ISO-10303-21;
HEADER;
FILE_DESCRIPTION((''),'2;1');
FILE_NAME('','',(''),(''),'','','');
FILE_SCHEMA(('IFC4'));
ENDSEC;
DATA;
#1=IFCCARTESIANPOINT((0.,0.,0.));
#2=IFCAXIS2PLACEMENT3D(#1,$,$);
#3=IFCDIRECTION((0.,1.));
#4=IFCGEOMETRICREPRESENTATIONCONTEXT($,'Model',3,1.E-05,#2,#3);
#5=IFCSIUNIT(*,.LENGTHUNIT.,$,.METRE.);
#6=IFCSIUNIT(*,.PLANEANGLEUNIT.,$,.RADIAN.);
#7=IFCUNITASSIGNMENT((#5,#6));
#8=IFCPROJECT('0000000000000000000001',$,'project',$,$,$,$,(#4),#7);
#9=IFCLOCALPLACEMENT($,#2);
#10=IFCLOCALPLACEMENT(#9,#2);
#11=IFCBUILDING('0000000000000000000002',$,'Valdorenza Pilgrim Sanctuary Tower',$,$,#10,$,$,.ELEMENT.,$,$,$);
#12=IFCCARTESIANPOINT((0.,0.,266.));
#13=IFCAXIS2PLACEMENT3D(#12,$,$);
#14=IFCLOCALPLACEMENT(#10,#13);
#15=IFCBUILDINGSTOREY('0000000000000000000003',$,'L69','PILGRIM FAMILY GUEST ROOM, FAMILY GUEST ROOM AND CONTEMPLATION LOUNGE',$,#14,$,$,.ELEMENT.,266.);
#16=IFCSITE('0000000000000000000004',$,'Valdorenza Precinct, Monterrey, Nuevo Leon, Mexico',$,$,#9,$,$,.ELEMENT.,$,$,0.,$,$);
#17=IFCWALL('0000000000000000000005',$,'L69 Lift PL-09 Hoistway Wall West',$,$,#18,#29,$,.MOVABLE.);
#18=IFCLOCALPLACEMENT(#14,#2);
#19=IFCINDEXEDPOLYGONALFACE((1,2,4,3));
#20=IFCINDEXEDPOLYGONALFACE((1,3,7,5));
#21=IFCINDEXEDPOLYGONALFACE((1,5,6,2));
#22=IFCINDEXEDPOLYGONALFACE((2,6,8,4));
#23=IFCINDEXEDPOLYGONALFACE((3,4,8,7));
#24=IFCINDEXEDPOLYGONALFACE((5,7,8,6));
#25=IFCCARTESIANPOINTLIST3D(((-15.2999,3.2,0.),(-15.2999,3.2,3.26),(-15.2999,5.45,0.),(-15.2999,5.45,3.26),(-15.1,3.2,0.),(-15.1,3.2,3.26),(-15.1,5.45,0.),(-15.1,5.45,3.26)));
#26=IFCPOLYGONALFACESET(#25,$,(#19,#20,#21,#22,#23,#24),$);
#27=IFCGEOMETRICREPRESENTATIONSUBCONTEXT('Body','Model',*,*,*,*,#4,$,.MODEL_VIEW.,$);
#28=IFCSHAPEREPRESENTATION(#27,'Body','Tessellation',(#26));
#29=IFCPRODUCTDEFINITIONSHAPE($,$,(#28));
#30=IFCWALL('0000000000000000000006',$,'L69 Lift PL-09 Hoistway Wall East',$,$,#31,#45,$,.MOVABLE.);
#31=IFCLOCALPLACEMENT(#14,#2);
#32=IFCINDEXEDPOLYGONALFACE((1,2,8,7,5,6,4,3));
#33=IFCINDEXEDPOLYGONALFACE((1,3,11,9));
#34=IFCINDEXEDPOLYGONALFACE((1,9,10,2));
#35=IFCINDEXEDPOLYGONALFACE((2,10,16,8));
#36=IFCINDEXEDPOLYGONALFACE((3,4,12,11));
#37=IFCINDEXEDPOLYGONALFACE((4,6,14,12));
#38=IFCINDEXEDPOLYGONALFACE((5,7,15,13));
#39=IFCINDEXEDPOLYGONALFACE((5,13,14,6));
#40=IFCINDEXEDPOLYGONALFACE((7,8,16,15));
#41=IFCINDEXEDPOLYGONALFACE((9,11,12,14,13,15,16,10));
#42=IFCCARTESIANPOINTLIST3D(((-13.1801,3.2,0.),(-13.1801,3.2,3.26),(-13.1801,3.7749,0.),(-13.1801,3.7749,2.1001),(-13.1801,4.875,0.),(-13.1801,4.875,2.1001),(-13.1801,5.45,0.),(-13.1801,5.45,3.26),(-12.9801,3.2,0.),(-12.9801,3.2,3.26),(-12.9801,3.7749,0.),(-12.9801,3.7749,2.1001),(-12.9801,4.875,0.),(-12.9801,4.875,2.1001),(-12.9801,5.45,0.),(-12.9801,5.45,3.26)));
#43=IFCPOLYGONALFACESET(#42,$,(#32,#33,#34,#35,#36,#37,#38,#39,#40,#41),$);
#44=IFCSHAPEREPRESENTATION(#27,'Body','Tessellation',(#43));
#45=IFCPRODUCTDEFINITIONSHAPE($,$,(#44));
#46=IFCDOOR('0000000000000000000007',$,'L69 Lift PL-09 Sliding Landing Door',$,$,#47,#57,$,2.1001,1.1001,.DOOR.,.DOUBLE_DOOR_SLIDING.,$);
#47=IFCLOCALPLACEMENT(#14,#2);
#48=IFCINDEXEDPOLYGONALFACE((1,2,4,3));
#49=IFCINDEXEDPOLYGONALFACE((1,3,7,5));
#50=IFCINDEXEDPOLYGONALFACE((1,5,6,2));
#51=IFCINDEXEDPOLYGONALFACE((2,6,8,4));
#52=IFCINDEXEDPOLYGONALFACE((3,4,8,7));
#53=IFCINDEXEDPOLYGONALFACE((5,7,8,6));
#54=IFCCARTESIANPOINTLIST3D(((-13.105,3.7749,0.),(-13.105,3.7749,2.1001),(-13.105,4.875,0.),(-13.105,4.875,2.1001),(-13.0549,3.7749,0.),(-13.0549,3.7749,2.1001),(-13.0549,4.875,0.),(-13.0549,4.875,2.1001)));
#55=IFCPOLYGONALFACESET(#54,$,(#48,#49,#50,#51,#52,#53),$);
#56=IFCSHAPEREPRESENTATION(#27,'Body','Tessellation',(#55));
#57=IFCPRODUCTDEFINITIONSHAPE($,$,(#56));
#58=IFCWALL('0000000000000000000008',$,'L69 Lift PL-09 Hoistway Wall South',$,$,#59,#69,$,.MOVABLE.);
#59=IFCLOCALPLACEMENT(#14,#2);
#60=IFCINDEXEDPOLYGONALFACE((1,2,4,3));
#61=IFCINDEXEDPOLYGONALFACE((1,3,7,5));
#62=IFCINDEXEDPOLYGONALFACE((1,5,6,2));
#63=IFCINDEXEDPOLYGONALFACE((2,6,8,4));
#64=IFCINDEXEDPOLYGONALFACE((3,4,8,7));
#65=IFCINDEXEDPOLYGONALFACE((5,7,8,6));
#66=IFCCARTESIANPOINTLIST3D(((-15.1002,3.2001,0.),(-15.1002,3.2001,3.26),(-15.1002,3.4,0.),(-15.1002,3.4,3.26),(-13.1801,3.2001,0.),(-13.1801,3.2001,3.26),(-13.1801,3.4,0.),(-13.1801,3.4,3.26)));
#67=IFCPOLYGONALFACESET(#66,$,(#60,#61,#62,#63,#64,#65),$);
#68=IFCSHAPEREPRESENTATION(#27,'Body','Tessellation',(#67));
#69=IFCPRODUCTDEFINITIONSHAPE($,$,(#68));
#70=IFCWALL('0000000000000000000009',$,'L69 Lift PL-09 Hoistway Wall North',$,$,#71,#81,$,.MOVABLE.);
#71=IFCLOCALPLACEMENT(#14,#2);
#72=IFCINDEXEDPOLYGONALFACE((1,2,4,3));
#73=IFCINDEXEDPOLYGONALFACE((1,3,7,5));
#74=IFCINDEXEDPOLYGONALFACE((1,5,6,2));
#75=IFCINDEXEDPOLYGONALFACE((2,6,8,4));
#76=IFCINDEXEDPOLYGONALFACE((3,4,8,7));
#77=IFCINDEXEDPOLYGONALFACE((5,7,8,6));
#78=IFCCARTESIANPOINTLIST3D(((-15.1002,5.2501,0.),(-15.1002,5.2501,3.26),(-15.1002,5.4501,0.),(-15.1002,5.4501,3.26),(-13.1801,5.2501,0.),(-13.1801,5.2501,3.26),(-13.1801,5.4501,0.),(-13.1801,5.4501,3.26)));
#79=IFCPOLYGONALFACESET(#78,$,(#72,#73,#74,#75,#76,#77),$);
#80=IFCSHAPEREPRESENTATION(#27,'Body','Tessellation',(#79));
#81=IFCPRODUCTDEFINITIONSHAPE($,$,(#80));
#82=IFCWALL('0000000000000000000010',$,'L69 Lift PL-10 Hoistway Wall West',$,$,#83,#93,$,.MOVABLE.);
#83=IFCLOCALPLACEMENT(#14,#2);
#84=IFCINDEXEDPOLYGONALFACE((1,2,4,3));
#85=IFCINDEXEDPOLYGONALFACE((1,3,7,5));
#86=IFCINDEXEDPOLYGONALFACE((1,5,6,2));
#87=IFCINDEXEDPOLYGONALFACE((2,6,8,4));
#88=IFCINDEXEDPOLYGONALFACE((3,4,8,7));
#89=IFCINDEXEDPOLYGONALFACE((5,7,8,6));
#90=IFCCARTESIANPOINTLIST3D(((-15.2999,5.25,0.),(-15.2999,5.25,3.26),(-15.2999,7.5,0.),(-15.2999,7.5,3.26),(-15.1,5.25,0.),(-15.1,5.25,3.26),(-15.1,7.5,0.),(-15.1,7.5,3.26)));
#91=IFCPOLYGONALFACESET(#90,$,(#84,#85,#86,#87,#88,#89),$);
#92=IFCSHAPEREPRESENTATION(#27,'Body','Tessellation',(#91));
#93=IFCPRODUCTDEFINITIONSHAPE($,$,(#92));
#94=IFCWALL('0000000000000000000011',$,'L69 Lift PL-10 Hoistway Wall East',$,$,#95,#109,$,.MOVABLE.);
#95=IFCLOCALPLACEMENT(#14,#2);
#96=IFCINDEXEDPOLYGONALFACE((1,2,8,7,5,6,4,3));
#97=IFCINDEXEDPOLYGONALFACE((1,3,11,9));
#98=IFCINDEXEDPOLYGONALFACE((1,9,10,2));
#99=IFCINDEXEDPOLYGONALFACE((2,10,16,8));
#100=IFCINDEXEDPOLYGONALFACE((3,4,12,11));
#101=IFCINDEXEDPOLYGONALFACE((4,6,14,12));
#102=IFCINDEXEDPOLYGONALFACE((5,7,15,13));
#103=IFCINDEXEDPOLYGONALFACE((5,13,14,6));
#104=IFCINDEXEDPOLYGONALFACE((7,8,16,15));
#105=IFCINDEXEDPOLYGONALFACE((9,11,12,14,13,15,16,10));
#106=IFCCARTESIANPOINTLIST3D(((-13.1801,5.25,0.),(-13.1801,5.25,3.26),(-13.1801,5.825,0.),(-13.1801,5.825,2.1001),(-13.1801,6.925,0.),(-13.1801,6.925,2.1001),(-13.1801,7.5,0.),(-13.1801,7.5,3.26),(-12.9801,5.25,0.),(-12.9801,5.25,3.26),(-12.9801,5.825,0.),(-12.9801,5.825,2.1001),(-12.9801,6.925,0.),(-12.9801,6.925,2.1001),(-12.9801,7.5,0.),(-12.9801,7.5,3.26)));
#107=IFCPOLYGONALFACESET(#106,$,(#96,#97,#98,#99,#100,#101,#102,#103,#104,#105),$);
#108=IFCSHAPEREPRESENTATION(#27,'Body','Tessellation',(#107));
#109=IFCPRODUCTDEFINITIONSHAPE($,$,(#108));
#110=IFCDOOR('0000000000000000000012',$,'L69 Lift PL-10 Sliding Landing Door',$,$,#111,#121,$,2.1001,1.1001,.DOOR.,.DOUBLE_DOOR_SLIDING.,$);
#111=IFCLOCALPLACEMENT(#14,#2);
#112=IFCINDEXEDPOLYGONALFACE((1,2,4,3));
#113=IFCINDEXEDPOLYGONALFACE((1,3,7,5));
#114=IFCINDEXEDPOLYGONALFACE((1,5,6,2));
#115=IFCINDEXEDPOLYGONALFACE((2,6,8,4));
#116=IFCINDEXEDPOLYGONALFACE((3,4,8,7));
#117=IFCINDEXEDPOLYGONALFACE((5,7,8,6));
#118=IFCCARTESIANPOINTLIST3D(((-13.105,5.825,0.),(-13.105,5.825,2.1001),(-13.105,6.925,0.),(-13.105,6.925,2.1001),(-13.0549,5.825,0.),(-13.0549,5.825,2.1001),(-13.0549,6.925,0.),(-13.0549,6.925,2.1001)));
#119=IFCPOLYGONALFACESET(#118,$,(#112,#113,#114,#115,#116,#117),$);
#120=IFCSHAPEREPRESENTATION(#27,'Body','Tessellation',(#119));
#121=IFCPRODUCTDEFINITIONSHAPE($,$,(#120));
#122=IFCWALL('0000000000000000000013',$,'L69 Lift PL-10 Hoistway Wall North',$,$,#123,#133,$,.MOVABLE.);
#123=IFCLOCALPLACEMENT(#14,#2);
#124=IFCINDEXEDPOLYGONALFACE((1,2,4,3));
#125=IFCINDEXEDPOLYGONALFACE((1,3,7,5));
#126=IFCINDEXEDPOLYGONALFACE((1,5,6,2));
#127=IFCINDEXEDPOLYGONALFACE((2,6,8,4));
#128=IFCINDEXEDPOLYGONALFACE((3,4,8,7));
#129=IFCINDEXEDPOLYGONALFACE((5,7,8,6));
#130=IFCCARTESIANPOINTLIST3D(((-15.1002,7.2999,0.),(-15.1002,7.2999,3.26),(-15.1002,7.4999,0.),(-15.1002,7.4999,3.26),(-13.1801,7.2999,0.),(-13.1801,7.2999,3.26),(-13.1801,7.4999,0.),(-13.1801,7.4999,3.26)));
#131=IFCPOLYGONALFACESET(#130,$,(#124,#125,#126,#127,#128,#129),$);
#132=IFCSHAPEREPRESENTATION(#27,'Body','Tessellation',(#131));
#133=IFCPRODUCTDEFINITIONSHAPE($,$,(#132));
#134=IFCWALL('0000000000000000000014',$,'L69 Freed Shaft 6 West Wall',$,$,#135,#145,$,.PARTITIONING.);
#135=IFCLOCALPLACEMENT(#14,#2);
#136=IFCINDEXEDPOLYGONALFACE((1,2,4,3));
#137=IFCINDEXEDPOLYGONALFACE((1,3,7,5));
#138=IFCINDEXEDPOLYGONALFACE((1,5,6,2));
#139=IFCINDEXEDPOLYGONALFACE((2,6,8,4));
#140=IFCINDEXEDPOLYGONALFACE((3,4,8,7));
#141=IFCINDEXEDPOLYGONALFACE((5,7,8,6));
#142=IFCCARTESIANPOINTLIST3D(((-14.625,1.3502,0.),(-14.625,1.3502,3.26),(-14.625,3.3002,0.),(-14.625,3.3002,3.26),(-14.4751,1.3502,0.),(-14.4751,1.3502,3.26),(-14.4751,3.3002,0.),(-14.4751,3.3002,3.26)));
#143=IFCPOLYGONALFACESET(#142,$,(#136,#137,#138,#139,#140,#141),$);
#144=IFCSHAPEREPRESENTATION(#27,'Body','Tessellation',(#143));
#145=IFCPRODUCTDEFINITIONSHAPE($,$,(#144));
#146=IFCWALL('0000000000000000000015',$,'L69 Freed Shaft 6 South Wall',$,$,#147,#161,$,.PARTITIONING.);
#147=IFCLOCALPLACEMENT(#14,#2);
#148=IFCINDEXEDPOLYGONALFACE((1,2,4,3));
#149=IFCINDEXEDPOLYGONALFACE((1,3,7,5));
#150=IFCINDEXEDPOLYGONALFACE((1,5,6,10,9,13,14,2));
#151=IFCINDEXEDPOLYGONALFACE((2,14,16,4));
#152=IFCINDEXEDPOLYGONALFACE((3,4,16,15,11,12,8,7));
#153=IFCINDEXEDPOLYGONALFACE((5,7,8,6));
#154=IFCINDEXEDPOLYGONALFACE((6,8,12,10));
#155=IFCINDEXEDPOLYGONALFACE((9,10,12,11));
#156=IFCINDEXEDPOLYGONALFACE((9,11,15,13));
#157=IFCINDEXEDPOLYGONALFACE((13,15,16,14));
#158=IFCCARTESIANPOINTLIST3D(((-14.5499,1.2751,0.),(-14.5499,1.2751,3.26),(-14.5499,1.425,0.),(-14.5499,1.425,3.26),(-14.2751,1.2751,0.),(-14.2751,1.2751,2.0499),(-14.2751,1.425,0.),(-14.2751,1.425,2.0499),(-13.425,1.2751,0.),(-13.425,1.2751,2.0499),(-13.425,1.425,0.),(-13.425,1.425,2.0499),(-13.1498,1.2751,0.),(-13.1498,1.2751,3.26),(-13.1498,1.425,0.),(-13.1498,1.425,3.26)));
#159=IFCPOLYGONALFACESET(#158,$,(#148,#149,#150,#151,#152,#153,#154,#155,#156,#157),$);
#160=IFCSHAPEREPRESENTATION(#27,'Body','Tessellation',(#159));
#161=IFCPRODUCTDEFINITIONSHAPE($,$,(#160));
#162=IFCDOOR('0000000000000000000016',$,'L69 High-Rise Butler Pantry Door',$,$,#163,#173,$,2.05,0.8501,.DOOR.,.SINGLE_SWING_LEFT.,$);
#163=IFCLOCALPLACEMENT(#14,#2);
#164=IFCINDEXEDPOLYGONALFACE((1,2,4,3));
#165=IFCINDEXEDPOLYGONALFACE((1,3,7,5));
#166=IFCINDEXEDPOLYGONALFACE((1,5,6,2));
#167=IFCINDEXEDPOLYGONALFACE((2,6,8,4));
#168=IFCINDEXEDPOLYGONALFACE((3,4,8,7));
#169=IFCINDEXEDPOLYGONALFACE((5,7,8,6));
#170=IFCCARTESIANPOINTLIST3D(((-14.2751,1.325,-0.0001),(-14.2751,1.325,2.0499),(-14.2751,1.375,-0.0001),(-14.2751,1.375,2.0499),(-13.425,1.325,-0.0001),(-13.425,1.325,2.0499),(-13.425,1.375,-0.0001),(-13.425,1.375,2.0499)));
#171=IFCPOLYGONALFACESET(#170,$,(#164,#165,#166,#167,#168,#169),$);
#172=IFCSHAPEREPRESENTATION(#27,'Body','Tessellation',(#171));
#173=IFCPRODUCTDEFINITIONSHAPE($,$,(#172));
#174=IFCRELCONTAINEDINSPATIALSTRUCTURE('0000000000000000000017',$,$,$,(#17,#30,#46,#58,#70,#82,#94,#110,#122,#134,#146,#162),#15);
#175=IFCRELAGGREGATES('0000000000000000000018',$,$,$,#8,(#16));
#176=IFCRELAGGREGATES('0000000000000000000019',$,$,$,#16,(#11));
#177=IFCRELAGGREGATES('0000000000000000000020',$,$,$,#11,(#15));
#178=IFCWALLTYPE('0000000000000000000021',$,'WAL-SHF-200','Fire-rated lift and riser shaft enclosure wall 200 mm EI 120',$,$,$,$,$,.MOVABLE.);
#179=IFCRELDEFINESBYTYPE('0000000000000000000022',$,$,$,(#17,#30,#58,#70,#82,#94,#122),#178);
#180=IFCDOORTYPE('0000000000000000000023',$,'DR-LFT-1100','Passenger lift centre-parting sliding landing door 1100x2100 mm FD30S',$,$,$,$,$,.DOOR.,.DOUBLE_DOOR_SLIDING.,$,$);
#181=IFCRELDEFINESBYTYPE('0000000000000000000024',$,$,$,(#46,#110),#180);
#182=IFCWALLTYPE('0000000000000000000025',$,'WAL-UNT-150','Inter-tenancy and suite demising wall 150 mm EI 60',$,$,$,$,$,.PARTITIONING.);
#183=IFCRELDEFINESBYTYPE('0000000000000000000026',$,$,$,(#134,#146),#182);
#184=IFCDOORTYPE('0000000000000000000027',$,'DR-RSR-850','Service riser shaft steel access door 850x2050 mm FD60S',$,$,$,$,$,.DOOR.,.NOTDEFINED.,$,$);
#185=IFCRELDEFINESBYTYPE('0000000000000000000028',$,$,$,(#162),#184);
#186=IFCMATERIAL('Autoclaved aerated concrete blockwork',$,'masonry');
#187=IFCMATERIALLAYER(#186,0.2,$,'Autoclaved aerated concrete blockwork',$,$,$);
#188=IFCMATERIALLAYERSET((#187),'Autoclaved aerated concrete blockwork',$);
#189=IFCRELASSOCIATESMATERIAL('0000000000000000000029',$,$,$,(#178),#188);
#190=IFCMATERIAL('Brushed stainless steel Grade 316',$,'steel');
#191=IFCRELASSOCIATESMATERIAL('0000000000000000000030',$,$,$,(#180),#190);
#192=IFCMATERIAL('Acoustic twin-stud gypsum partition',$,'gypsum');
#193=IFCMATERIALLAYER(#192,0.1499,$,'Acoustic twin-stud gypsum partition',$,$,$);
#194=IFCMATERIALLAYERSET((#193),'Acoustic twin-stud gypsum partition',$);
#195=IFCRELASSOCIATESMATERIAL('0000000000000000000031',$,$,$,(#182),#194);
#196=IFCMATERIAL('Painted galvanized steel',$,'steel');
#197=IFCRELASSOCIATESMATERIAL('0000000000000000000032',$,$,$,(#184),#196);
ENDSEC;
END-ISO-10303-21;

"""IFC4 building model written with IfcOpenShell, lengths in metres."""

from ifc_helpers import new_model, si_unit, direction, frame, frame_2d, origin, place, context, subcontext, project, spatial, rectangle, extrude, material, layer, layer_set, type_object, element, fill, save


model = new_model("IFC4")

# Units and contexts
model_context = context("Model", 3, precision=1e-05, world=origin(), true_north=direction((0.0, 1.0)))
body_context = subcontext(model_context, "Body", "Model", "MODEL_VIEW")
ifc_project = project(units=[si_unit("LENGTHUNIT", "METRE"), si_unit("PLANEANGLEUNIT", "RADIAN")], contexts=[model_context])

# Site, building, storey
site_placement = place(None, origin())
site = spatial("IfcSite", under=ifc_project, at=site_placement, Name="Valdorenza Precinct, Monterrey, Nuevo Leon, Mexico", CompositionType="ELEMENT", RefElevation=0.0)
building_placement = place(site_placement, origin())
building = spatial("IfcBuilding", under=site, at=building_placement, Name="Valdorenza Pilgrim Sanctuary Tower", CompositionType="ELEMENT")
storey_placement = place(building_placement, frame((0.0, 0.0, 266.0)))
storey = spatial("IfcBuildingStorey", under=building, at=storey_placement, Name="L69", Description="PILGRIM FAMILY GUEST ROOM, FAMILY GUEST ROOM AND CONTEMPLATION LOUNGE", CompositionType="ELEMENT", Elevation=266.0)

# Shared definitions
ifc_material_1 = material(Name="Acoustic twin-stud gypsum partition", Category="gypsum")

# Wall
ifc_material_2 = material(Name="Autoclaved aerated concrete blockwork", Category="masonry")
ifc_layer_1 = layer(ifc_material_2, 0.2, Name="Autoclaved aerated concrete blockwork")
ifc_layer_set_1 = layer_set([ifc_layer_1], Name="Autoclaved aerated concrete blockwork")
wall_type_1 = type_object("IfcWallType", Name="WAL-SHF-200", Description="Fire-rated lift and riser shaft enclosure wall 200 mm EI 120", PredefinedType="MOVABLE", material=ifc_layer_set_1)
wall_1_placement = place(storey_placement, frame((-15.2, 3.2, 0.0), z_axis=(0.0, 0.0, 1.0), x_axis=(0.0, 1.0, 0.0)))
element("IfcWall", 1, at=wall_1_placement, inside=storey, type_object=wall_type_1, Name="L69 Lift PL-09 Hoistway Wall West", PredefinedType="MOVABLE", context=body_context, shape_type="SweptSolid", body=[
    extrude(rectangle(XDim=2.25, YDim=0.2, at=frame_2d((1.125, 0.0))), origin(), (0.0, 0.0, 1.0), 3.26),
])

# Wall, opening, door
wall_2_placement = place(storey_placement, frame((-13.0801, 3.2, 0.0), z_axis=(0.0, 0.0, 1.0), x_axis=(0.0, 1.0, 0.0)))
wall_2 = element("IfcWall", 2, at=wall_2_placement, inside=storey, type_object=wall_type_1, Name="L69 Lift PL-09 Hoistway Wall East", PredefinedType="MOVABLE", context=body_context, shape_type="SweptSolid", body=[
    extrude(rectangle(XDim=2.25, YDim=0.2, at=frame_2d((1.125, 0.0))), origin(), (0.0, 0.0, 1.0), 3.26),
])
opening_1_placement = place(wall_2_placement, frame((0.575, 0.0, 0.0)))
opening_1 = element("IfcOpeningElement", 3, at=opening_1_placement, cuts=wall_2, PredefinedType="OPENING", context=body_context, shape_type="SweptSolid", body=[
    extrude(rectangle(XDim=1.1001, YDim=2.1001, at=frame_2d((0.55, 1.05))), frame((0.0, 0.1147, 0.0), z_axis=(0.0, -1.0, 0.0), x_axis=(1.0, 0.0, 0.0)), (0.0, 0.0, 1.0), 0.2297),
])
ifc_material_3 = material(Name="Brushed stainless steel Grade 316", Category="steel")
door_type_1 = type_object("IfcDoorType", Name="DR-LFT-1100", Description="Passenger lift centre-parting sliding landing door 1100x2100 mm FD30S", OperationType="DOUBLE_DOOR_SLIDING", PredefinedType="DOOR", material=ifc_material_3)
door_1_placement = place(opening_1_placement, origin())
door_1 = element("IfcDoor", 4, at=door_1_placement, inside=storey, type_object=door_type_1, Name="L69 Lift PL-09 Sliding Landing Door", OperationType="DOUBLE_DOOR_SLIDING", OverallHeight=2.1001, OverallWidth=1.1001, PredefinedType="DOOR", context=body_context, shape_type="SweptSolid", body=[
    extrude(rectangle(XDim=1.1001, YDim=2.1001, at=frame_2d((0.55, 1.05))), frame((0.0, 0.0249, 0.0), z_axis=(0.0, -1.0, 0.0), x_axis=(1.0, 0.0, 0.0)), (0.0, 0.0, 1.0), 0.05),
])
fill(opening_1, door_1)

# Walls
for number, where, z_axis, x_axis, name in (
    (5, (-15.1001, 3.3, 0.0), (0.0, 0.0, 1.0), (1.0, 0.0, 0.0), "L69 Lift PL-09 Hoistway Wall South"),
    (6, (-15.1001, 5.3501, 0.0), (0.0, 0.0, 1.0), (1.0, 0.0, 0.0), "L69 Lift PL-09 Hoistway Wall North"),
):
    element("IfcWall", number, at=place(storey_placement, frame(where, z_axis=z_axis, x_axis=x_axis)), inside=storey, type_object=wall_type_1, Name=name, PredefinedType="MOVABLE", context=body_context, shape_type="SweptSolid", body=[
        extrude(rectangle(XDim=1.9202, YDim=0.2, at=frame_2d((0.96, 0.0))), origin(), (0.0, 0.0, 1.0), 3.26),
    ])
wall_3_placement = place(storey_placement, frame((-15.2, 5.25, 0.0), z_axis=(0.0, 0.0, 1.0), x_axis=(0.0, 1.0, 0.0)))
element("IfcWall", 7, at=wall_3_placement, inside=storey, type_object=wall_type_1, Name="L69 Lift PL-10 Hoistway Wall West", PredefinedType="MOVABLE", context=body_context, shape_type="SweptSolid", body=[
    extrude(rectangle(XDim=2.25, YDim=0.2, at=frame_2d((1.125, 0.0))), origin(), (0.0, 0.0, 1.0), 3.26),
])

# Wall, opening, door
wall_4_placement = place(storey_placement, frame((-13.0801, 5.25, 0.0), z_axis=(0.0, 0.0, 1.0), x_axis=(0.0, 1.0, 0.0)))
wall_4 = element("IfcWall", 8, at=wall_4_placement, inside=storey, type_object=wall_type_1, Name="L69 Lift PL-10 Hoistway Wall East", PredefinedType="MOVABLE", context=body_context, shape_type="SweptSolid", body=[
    extrude(rectangle(XDim=2.25, YDim=0.2, at=frame_2d((1.125, 0.0))), origin(), (0.0, 0.0, 1.0), 3.26),
])
opening_2_placement = place(wall_4_placement, frame((0.575, 0.0, 0.0)))
opening_2 = element("IfcOpeningElement", 9, at=opening_2_placement, cuts=wall_4, PredefinedType="OPENING", context=body_context, shape_type="SweptSolid", body=[
    extrude(rectangle(XDim=1.1001, YDim=2.1001, at=frame_2d((0.55, 1.05))), frame((0.0, 0.1147, 0.0), z_axis=(0.0, -1.0, 0.0), x_axis=(1.0, 0.0, 0.0)), (0.0, 0.0, 1.0), 0.2297),
])
door_2_placement = place(opening_2_placement, origin())
door_2 = element("IfcDoor", 10, at=door_2_placement, inside=storey, type_object=door_type_1, Name="L69 Lift PL-10 Sliding Landing Door", OperationType="DOUBLE_DOOR_SLIDING", OverallHeight=2.1001, OverallWidth=1.1001, PredefinedType="DOOR", context=body_context, shape_type="SweptSolid", body=[
    extrude(rectangle(XDim=1.1001, YDim=2.1001, at=frame_2d((0.55, 1.05))), frame((0.0, 0.0249, 0.0), z_axis=(0.0, -1.0, 0.0), x_axis=(1.0, 0.0, 0.0)), (0.0, 0.0, 1.0), 0.05),
])
fill(opening_2, door_2)

# Walls
wall_5_placement = place(storey_placement, frame((-15.1001, 7.3999, 0.0), z_axis=(0.0, 0.0, 1.0), x_axis=(1.0, 0.0, 0.0)))
element("IfcWall", 11, at=wall_5_placement, inside=storey, type_object=wall_type_1, Name="L69 Lift PL-10 Hoistway Wall North", PredefinedType="MOVABLE", context=body_context, shape_type="SweptSolid", body=[
    extrude(rectangle(XDim=1.9202, YDim=0.2, at=frame_2d((0.96, 0.0))), origin(), (0.0, 0.0, 1.0), 3.26),
])
ifc_layer_2 = layer(ifc_material_1, 0.1499, Name="Acoustic twin-stud gypsum partition")
ifc_layer_set_2 = layer_set([ifc_layer_2], Name="Acoustic twin-stud gypsum partition")
wall_type_2 = type_object("IfcWallType", Name="WAL-UNT-150", Description="Inter-tenancy and suite demising wall 150 mm EI 60", PredefinedType="PARTITIONING", material=ifc_layer_set_2)
wall_6_placement = place(storey_placement, frame((-14.55, 1.3501, 0.0), z_axis=(0.0, 0.0, 1.0), x_axis=(0.0, 1.0, 0.0)))
element("IfcWall", 12, at=wall_6_placement, inside=storey, type_object=wall_type_2, Name="L69 Freed Shaft 6 West Wall", PredefinedType="PARTITIONING", context=body_context, shape_type="SweptSolid", body=[
    extrude(rectangle(XDim=1.95, YDim=0.1499, at=frame_2d((0.9751, 0.0))), origin(), (0.0, 0.0, 1.0), 3.26),
])

# Wall, opening, door
wall_7_placement = place(storey_placement, frame((-14.55, 1.3501, 0.0), z_axis=(0.0, 0.0, 1.0), x_axis=(1.0, 0.0, 0.0)))
wall_7 = element("IfcWall", 13, at=wall_7_placement, inside=storey, type_object=wall_type_2, Name="L69 Freed Shaft 6 South Wall", PredefinedType="PARTITIONING", context=body_context, shape_type="SweptSolid", body=[
    extrude(rectangle(XDim=1.4001, YDim=0.1499, at=frame_2d((0.7002, 0.0))), origin(), (0.0, 0.0, 1.0), 3.26),
])
opening_3_placement = place(wall_7_placement, frame((0.2749, 0.0, 0.0)))
opening_3 = element("IfcOpeningElement", 14, at=opening_3_placement, cuts=wall_7, PredefinedType="OPENING", context=body_context, shape_type="SweptSolid", body=[
    extrude(rectangle(XDim=0.8501, YDim=2.05, at=frame_2d((0.425, 1.0249))), frame((0.0, 0.0898, 0.0), z_axis=(0.0, -1.0, 0.0), x_axis=(1.0, 0.0, 0.0)), (0.0, 0.0, 1.0), 0.1797),
])
ifc_material_4 = material(Name="Painted galvanized steel", Category="steel")
door_type_2 = type_object("IfcDoorType", Name="DR-RSR-850", Description="Service riser shaft steel access door 850x2050 mm FD60S", OperationType="NOTDEFINED", PredefinedType="DOOR", material=ifc_material_4)
door_3_placement = place(opening_3_placement, origin())
door_3 = element("IfcDoor", 15, at=door_3_placement, inside=storey, type_object=door_type_2, Name="L69 High-Rise Butler Pantry Door", OperationType="SINGLE_SWING_LEFT", OverallHeight=2.05, OverallWidth=0.8501, PredefinedType="DOOR", context=body_context, shape_type="SweptSolid", body=[
    extrude(rectangle(XDim=0.8501, YDim=2.05, at=frame_2d((0.425, 1.0249))), frame((0.0, 0.0249, 0.0), z_axis=(0.0, -1.0, 0.0), x_axis=(1.0, 0.0, 0.0)), (0.0, 0.0, 1.0), 0.05),
])
fill(opening_3, door_3)

save(model, "model.ifc")
